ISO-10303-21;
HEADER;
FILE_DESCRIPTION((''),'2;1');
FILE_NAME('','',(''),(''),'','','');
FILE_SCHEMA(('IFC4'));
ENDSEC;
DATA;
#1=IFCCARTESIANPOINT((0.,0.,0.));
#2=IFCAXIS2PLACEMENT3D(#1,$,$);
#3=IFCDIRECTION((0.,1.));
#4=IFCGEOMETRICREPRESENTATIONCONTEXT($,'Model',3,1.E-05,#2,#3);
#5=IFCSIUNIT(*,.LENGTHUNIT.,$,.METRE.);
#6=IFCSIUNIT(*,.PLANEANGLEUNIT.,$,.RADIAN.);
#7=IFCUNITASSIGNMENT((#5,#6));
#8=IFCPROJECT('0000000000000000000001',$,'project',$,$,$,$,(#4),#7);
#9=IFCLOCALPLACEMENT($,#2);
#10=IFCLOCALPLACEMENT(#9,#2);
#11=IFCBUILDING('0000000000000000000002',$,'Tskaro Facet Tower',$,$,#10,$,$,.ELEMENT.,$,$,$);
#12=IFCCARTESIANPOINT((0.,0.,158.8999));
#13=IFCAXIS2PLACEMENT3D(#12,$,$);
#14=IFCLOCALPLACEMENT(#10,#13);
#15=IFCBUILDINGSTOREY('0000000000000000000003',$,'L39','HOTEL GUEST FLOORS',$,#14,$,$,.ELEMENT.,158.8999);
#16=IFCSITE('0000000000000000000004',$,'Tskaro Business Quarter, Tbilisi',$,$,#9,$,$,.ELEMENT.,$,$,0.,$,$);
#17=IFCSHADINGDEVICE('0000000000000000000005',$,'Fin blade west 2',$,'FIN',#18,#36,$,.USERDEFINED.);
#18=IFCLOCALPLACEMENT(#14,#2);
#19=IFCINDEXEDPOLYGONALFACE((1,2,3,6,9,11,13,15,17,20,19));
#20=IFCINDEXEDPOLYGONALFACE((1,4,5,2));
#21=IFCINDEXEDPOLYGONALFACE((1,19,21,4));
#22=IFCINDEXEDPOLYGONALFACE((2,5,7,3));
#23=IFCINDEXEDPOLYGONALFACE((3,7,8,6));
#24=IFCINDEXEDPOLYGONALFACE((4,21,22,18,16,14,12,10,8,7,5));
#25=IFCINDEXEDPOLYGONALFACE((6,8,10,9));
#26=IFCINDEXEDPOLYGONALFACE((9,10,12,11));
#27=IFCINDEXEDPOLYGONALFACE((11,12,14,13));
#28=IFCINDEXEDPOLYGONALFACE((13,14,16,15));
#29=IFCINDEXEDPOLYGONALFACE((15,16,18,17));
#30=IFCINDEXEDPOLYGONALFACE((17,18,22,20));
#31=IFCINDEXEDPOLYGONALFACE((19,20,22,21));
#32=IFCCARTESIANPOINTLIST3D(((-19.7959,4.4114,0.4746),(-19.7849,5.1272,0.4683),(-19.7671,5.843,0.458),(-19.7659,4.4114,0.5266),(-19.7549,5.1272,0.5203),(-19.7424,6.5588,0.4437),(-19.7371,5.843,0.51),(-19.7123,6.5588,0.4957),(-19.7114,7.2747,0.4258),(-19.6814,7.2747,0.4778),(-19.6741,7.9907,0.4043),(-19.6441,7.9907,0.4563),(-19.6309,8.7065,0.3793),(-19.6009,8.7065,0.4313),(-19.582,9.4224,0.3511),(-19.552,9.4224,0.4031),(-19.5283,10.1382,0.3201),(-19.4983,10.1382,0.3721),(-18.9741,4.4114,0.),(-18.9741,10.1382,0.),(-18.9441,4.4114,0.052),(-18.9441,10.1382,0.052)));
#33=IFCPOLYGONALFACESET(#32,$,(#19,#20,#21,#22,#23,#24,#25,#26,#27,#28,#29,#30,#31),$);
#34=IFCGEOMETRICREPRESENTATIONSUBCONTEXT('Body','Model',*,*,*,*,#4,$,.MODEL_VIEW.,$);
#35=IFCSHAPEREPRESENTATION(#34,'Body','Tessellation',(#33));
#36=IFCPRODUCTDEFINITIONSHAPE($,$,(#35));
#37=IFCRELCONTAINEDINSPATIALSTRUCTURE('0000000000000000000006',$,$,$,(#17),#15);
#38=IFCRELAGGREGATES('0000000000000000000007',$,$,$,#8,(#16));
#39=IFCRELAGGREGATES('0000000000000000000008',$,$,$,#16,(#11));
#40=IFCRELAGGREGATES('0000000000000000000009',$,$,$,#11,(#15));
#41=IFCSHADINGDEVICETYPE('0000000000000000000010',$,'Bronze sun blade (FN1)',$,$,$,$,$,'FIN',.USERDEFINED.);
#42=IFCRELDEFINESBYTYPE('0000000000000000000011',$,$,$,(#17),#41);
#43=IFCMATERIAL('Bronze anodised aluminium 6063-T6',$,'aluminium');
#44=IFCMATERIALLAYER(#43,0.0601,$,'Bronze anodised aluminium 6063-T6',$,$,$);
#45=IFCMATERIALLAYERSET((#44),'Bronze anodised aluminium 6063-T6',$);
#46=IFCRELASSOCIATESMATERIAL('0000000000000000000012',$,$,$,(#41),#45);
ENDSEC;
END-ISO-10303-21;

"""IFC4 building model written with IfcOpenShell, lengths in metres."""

from ifc_helpers import new_model, si_unit, direction, frame, origin, place, context, subcontext, project, spatial, polyline, outline, extrude, material, layer, layer_set, type_object, element, save


model = new_model("IFC4")

# Units and contexts
model_context = context("Model", 3, precision=1e-05, world=origin(), true_north=direction((0.0, 1.0)))
body_context = subcontext(model_context, "Body", "Model", "MODEL_VIEW")
ifc_project = project(units=[si_unit("LENGTHUNIT", "METRE"), si_unit("PLANEANGLEUNIT", "RADIAN")], contexts=[model_context])

# Site, building, storey
site_placement = place(None, origin())
site = spatial("IfcSite", under=ifc_project, at=site_placement, Name="Tskaro Business Quarter, Tbilisi", CompositionType="ELEMENT", RefElevation=0.0)
building_placement = place(site_placement, origin())
building = spatial("IfcBuilding", under=site, at=building_placement, Name="Tskaro Facet Tower", CompositionType="ELEMENT")
storey_placement = place(building_placement, frame((0.0, 0.0, 158.8999)))
storey = spatial("IfcBuildingStorey", under=building, at=storey_placement, Name="L39", Description="HOTEL GUEST FLOORS", CompositionType="ELEMENT", Elevation=158.8999)

# Shared definitions
ifc_material_1 = material(Name="Bronze anodised aluminium 6063-T6", Category="aluminium")

# Shading device
ifc_layer_1 = layer(ifc_material_1, 0.0601, Name="Bronze anodised aluminium 6063-T6")
ifc_layer_set_1 = layer_set([ifc_layer_1], Name="Bronze anodised aluminium 6063-T6")
shading_device_type = type_object("IfcShadingDeviceType", Name="Bronze sun blade (FN1)", ElementType="FIN", PredefinedType="USERDEFINED", material=ifc_layer_set_1)
shading_device_1_placement = place(storey_placement, frame((-18.9441, 10.1382, 0.052), z_axis=(0.500123, 0.0, 0.865955), x_axis=(0.0, -1.0, 0.0)))
element("IfcShadingDevice", 1, at=shading_device_1_placement, inside=storey, type_object=shading_device_type, Name="Fin blade west 2", ObjectType="FIN", PredefinedType="USERDEFINED", context=body_context, shape_type="SweptSolid", body=[
    extrude(outline(polyline([(0.0, 0.0), (5.7268, 0.0), (5.7268, -0.949), (5.011, -0.9363), (4.2952, -0.9157), (3.5793, -0.8872), (2.8635, -0.8514), (2.1475, -0.8083), (1.4316, -0.7584), (0.7158, -0.702), (0.0, -0.64), (0.0, 0.0)])), origin(), (0.0, 0.0, -1.0), 0.0601),
])

save(model, "model.ifc")
